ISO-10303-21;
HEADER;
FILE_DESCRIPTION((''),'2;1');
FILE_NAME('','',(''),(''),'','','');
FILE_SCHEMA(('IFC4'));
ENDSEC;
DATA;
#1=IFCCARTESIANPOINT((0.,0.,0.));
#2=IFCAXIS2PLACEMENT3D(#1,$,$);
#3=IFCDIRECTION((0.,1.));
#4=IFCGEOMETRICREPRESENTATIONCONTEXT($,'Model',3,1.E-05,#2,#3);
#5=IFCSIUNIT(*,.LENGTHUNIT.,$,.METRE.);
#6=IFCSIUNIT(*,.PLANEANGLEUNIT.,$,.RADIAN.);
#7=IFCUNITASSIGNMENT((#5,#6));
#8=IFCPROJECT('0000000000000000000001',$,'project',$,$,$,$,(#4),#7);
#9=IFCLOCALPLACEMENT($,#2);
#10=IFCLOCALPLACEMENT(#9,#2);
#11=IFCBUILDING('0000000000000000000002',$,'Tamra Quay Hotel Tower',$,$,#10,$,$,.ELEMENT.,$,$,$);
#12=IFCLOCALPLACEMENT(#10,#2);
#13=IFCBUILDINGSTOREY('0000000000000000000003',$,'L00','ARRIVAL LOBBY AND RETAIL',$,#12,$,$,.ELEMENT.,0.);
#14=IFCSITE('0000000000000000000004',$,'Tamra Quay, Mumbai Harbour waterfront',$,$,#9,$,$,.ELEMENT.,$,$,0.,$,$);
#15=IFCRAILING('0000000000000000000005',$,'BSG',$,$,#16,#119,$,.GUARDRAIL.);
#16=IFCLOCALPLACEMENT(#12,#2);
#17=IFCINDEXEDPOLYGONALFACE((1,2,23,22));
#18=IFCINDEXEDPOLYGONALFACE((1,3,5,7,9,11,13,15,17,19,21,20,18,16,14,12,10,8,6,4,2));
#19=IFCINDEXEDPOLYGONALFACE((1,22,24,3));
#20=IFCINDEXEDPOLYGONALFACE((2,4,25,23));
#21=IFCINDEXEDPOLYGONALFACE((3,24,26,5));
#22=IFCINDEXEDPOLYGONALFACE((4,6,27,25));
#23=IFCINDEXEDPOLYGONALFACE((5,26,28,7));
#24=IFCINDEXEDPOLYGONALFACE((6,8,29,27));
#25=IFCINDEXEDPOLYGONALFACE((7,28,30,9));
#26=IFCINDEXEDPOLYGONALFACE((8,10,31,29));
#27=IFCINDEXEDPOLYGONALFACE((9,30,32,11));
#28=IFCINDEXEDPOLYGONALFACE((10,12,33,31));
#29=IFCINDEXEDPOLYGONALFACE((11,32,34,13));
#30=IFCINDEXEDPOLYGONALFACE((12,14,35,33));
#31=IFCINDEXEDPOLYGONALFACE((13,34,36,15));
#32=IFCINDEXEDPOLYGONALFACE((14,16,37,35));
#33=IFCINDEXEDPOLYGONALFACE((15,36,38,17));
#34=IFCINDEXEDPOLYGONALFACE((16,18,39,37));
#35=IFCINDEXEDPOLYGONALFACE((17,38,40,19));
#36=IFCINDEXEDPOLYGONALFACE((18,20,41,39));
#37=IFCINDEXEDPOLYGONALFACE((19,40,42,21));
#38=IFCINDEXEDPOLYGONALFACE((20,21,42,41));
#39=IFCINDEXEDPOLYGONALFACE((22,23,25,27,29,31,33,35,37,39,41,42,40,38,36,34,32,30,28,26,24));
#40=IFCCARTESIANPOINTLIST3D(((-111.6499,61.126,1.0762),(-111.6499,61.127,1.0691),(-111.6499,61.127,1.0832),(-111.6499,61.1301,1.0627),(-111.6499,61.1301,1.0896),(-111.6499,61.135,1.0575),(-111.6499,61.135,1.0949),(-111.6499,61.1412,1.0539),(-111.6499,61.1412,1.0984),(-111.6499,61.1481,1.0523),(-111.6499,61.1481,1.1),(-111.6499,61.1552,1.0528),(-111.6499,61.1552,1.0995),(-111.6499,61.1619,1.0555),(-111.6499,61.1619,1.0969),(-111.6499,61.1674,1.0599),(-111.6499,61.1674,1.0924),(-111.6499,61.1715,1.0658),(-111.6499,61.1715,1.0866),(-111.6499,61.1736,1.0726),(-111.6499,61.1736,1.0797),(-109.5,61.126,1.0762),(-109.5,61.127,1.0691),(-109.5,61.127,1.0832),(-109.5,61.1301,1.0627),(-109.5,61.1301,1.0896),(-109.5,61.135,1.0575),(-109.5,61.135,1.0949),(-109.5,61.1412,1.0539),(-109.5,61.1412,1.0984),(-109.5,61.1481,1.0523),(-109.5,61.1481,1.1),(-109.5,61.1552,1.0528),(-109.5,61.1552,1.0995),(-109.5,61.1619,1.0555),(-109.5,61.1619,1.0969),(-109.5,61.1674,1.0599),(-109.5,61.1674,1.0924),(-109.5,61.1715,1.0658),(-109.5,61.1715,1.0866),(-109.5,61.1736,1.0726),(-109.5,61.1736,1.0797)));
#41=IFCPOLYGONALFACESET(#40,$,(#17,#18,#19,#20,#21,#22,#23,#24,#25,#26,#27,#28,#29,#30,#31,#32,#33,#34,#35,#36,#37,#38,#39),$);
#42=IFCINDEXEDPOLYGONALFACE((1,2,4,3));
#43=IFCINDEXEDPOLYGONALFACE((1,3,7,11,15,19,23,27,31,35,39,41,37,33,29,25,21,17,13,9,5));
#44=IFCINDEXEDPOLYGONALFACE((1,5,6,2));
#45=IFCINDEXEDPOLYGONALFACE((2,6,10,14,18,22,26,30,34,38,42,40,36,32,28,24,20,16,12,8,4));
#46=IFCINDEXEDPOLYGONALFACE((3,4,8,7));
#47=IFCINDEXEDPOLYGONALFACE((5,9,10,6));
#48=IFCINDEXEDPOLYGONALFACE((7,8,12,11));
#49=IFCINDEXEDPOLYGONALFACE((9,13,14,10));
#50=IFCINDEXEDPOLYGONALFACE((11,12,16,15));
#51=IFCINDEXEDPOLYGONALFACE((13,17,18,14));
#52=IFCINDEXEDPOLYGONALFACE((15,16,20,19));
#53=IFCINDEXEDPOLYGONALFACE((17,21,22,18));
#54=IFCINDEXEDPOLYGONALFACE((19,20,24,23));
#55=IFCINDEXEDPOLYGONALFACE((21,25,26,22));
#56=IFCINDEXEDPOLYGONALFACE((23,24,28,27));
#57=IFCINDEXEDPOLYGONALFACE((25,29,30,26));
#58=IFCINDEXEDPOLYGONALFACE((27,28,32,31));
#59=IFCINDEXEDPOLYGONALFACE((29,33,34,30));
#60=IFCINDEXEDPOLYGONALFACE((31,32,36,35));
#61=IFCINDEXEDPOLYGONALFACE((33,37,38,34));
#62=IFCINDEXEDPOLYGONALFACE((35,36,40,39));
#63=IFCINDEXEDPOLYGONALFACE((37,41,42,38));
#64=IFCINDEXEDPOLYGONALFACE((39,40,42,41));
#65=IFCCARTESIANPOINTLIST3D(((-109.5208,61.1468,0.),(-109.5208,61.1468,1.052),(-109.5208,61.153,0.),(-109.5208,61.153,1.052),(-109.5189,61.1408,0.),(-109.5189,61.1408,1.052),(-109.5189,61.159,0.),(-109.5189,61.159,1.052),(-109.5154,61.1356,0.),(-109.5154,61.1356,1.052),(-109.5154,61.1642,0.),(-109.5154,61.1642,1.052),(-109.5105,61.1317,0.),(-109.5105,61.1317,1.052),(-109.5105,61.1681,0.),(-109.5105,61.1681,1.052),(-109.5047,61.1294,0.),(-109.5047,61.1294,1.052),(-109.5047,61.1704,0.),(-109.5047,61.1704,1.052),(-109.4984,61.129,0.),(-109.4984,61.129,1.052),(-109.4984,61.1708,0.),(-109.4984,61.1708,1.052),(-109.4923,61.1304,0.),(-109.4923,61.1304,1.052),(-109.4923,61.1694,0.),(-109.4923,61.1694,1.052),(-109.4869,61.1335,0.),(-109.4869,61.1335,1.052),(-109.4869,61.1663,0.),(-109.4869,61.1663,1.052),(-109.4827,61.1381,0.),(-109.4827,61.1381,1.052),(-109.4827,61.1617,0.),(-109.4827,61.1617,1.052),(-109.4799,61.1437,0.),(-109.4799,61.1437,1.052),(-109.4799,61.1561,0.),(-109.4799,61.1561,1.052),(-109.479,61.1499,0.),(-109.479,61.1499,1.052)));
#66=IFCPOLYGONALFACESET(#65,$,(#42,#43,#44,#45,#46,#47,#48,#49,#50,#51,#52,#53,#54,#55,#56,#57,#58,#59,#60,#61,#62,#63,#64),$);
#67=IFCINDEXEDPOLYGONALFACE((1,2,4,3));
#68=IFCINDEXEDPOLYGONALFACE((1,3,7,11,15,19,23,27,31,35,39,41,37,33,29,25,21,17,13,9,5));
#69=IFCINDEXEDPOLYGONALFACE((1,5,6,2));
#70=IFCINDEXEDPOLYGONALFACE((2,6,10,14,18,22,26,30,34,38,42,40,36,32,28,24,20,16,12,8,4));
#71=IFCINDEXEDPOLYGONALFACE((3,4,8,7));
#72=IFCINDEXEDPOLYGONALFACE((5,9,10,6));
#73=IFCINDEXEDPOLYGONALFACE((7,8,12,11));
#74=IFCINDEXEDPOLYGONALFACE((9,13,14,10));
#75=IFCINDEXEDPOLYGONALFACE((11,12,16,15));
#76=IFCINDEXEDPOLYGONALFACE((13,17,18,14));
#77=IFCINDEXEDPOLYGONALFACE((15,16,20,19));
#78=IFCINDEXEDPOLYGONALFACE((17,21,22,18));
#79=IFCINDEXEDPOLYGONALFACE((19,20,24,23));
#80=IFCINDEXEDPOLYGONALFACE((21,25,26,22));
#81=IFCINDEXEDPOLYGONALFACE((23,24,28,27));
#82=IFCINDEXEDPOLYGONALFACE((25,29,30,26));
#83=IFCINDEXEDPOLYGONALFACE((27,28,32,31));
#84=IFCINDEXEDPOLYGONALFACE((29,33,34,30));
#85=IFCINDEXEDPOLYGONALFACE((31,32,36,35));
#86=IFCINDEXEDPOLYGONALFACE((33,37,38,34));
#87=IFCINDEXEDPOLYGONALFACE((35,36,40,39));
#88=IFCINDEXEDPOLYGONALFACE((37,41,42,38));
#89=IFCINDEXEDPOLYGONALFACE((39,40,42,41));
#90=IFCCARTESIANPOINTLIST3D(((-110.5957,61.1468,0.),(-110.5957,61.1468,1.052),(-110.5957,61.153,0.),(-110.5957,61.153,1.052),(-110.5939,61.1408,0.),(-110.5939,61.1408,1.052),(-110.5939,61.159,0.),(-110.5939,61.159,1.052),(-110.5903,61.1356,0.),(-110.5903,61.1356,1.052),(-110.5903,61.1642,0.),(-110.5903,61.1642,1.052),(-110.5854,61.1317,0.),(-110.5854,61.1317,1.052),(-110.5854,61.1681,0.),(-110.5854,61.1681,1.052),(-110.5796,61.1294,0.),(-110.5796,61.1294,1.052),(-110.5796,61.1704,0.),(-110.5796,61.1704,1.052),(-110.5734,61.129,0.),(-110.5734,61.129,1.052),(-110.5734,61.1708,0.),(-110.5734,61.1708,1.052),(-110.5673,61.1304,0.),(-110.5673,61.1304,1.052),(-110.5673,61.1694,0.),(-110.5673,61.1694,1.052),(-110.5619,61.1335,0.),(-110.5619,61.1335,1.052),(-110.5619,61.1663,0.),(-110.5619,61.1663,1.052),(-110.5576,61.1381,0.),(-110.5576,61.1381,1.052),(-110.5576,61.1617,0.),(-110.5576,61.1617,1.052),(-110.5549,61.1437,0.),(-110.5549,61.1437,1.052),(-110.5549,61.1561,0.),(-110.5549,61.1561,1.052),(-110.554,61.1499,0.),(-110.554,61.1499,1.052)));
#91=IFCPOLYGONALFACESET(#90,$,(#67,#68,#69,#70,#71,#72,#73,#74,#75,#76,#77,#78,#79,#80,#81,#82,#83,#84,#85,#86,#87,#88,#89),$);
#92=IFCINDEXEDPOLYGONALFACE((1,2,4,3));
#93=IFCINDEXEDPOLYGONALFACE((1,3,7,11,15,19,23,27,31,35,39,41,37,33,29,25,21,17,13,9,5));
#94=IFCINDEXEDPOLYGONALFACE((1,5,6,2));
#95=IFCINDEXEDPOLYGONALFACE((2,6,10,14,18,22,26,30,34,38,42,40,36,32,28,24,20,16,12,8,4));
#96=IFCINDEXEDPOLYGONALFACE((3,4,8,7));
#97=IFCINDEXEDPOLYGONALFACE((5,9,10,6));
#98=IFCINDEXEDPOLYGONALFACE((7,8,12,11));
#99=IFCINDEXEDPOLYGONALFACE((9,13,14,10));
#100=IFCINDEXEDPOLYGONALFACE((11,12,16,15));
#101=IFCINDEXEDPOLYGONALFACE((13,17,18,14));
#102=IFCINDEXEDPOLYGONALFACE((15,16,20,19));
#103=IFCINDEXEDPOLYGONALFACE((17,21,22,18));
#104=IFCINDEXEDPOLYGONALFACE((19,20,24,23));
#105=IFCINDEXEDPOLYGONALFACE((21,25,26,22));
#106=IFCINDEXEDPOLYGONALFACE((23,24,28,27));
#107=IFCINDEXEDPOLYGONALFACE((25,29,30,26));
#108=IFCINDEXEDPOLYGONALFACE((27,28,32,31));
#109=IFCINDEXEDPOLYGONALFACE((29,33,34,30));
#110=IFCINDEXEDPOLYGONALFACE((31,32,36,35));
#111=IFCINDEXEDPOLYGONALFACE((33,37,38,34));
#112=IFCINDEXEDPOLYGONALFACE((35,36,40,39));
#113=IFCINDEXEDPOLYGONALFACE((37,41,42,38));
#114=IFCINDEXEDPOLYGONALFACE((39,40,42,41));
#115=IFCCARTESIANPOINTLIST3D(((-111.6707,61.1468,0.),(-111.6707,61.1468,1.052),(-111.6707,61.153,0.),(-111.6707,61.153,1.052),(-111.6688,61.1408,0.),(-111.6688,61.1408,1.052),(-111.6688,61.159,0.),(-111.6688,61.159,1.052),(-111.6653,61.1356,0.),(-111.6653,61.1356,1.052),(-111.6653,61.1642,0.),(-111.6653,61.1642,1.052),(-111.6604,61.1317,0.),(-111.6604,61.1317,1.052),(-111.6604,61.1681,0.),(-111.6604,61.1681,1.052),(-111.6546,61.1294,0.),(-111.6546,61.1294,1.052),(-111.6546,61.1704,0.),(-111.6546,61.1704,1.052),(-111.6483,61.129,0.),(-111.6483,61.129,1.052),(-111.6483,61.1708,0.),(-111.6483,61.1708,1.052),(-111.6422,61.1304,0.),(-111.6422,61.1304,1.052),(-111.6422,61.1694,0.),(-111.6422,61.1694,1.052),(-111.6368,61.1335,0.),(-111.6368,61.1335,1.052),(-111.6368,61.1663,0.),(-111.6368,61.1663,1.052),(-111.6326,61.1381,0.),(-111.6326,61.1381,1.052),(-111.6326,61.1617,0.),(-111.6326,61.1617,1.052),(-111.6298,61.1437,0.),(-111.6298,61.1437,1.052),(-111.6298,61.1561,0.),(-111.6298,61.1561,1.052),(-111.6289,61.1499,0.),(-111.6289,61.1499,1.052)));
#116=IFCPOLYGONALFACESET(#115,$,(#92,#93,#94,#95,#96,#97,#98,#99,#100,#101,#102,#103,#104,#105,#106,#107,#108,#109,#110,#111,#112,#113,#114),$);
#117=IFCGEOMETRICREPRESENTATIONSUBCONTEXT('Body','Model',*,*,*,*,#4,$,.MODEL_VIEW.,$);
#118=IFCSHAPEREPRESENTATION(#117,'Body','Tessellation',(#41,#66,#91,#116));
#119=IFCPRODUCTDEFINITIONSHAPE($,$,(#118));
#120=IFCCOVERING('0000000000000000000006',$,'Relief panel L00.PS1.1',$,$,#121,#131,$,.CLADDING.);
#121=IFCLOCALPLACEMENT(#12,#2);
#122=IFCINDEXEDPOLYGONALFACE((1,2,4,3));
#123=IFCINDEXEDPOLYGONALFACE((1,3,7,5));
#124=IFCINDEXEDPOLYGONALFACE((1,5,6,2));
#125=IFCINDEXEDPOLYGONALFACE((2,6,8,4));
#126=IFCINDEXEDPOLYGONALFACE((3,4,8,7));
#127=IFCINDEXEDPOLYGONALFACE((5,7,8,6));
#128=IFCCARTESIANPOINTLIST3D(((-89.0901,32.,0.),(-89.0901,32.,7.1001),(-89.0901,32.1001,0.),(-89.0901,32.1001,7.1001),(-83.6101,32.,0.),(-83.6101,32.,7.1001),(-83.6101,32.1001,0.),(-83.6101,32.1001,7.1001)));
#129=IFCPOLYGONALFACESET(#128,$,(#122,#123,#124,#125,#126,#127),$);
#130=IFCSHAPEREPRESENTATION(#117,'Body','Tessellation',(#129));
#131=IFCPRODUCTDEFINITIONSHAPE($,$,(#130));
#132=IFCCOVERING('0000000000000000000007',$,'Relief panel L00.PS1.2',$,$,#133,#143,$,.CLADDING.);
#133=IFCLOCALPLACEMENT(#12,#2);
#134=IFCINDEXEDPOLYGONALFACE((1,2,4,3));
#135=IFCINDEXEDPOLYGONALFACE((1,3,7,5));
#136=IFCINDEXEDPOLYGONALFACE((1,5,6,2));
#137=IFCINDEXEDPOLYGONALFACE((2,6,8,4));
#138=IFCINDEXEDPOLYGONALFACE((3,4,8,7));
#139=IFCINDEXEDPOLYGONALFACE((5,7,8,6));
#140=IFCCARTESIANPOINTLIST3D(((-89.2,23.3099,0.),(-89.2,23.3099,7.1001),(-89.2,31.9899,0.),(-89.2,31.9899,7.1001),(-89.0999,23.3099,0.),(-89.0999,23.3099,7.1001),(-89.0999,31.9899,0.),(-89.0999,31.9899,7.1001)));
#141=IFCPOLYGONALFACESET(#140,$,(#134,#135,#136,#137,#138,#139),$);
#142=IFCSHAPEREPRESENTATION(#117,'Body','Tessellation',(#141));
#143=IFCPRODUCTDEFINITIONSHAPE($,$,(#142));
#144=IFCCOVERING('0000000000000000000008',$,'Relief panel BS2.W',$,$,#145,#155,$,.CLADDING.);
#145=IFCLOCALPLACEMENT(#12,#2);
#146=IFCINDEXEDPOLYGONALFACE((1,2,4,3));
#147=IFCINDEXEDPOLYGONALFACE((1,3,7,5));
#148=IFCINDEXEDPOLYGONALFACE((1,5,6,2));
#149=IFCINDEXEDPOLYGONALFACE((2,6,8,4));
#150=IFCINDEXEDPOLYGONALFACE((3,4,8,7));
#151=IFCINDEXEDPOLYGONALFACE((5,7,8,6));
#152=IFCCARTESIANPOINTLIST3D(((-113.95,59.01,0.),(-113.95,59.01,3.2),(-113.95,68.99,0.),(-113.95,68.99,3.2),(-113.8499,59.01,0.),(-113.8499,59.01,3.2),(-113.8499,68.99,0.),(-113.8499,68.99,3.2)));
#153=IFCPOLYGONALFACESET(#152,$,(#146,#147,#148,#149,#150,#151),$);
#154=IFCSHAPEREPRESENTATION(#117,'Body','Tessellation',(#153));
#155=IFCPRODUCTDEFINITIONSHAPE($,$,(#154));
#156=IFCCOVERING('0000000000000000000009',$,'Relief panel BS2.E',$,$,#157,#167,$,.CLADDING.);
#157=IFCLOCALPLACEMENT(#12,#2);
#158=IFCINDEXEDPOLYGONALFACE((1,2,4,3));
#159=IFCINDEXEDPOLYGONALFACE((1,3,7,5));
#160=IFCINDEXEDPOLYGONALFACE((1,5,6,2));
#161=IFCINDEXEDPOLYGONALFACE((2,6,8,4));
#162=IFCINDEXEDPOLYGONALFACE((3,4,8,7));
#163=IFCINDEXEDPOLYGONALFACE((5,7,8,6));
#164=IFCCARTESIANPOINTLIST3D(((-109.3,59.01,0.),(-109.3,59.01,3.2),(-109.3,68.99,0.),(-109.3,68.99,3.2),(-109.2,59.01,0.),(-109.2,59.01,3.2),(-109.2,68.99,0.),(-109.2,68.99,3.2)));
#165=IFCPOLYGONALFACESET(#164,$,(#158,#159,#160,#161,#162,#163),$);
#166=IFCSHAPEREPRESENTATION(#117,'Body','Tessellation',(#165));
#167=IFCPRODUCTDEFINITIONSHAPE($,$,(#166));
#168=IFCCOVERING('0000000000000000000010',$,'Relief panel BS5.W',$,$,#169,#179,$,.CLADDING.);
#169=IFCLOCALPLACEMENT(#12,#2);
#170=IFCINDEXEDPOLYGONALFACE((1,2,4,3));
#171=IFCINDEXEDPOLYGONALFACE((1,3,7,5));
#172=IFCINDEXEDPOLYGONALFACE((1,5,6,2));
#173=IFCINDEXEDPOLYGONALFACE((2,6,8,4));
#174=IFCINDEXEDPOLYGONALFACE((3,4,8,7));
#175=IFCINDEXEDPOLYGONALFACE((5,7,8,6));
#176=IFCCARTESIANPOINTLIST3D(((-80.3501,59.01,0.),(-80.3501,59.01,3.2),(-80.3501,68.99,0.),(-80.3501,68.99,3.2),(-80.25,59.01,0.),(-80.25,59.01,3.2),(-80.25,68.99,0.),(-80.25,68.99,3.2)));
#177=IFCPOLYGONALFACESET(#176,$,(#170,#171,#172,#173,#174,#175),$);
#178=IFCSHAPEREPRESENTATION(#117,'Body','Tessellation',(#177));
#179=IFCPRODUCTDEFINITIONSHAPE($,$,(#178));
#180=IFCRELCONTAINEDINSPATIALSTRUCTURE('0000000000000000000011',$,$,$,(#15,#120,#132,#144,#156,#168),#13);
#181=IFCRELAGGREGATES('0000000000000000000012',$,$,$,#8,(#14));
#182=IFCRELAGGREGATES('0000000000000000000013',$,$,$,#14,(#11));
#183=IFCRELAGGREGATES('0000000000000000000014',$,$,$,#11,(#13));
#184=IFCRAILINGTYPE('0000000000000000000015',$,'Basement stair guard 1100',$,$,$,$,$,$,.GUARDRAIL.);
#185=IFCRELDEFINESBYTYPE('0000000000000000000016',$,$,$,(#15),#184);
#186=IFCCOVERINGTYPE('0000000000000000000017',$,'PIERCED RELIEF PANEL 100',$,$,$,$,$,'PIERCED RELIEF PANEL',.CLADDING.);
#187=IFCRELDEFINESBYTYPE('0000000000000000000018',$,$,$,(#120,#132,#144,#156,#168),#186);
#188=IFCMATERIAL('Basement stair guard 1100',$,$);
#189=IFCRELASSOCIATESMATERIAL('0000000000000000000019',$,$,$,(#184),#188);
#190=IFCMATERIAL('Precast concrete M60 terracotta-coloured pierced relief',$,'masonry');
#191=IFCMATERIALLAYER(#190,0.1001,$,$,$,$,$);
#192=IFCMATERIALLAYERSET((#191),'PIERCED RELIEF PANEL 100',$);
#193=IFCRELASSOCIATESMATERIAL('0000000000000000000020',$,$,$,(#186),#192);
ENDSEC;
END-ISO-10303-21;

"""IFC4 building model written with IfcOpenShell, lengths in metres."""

from ifc_helpers import new_model, si_unit, direction, frame, origin, origin_2d, place, context, subcontext, project, spatial, rectangle, circle, extrude, material, layer, layer_set, type_object, element, save


model = new_model("IFC4")

# Units and contexts
model_context = context("Model", 3, precision=1e-05, world=origin(), true_north=direction((0.0, 1.0)))
body_context = subcontext(model_context, "Body", "Model", "MODEL_VIEW")
ifc_project = project(units=[si_unit("LENGTHUNIT", "METRE"), si_unit("PLANEANGLEUNIT", "RADIAN")], contexts=[model_context])

# Site, building, storey
site_placement = place(None, origin())
site = spatial("IfcSite", under=ifc_project, at=site_placement, Name="Tamra Quay, Mumbai Harbour waterfront", CompositionType="ELEMENT", RefElevation=0.0)
building_placement = place(site_placement, origin())
building = spatial("IfcBuilding", under=site, at=building_placement, Name="Tamra Quay Hotel Tower", CompositionType="ELEMENT")
storey_placement = place(building_placement, origin())
storey = spatial("IfcBuildingStorey", under=building, at=storey_placement, Name="L00", Description="ARRIVAL LOBBY AND RETAIL", CompositionType="ELEMENT", Elevation=0.0)

# Railing
ifc_material_1 = material(Name="Basement stair guard 1100")
railing_type_1 = type_object("IfcRailingType", Name="Basement stair guard 1100", PredefinedType="GUARDRAIL", material=ifc_material_1)
railing_1_placement = place(storey_placement, frame((-109.5, 61.1499, 0.0)))
element("IfcRailing", 1, at=railing_1_placement, inside=storey, type_object=railing_type_1, Name="BSG", PredefinedType="GUARDRAIL", context=body_context, shape_type="SweptSolid", body=[
    extrude(circle(Radius=0.0239, at=origin_2d()), frame((0.0, 0.0, 1.0762), z_axis=(-1.0, 0.0, 0.0), x_axis=(0.0, -1.0, 0.0)), (0.0, 0.0, 1.0), 2.1499),
    extrude(circle(Radius=0.021, at=origin_2d()), origin(), (0.0, 0.0, 1.0), 1.052),
    extrude(circle(Radius=0.021, at=origin_2d()), frame((-1.075, 0.0, 0.0)), (0.0, 0.0, 1.0), 1.052),
    extrude(circle(Radius=0.021, at=origin_2d()), frame((-2.1499, 0.0, 0.0)), (0.0, 0.0, 1.0), 1.052),
])

# Coverings
ifc_material_2 = material(Name="Precast concrete M60 terracotta-coloured pierced relief", Category="masonry")
ifc_layer_1 = layer(ifc_material_2, 0.1001)
ifc_layer_set_1 = layer_set([ifc_layer_1], Name="PIERCED RELIEF PANEL 100")
covering_type = type_object("IfcCoveringType", Name="PIERCED RELIEF PANEL 100", ElementType="PIERCED RELIEF PANEL", PredefinedType="CLADDING", material=ifc_layer_set_1)
covering_1_placement = place(storey_placement, frame((-86.3501, 32.05, 0.0), z_axis=(0.0, 0.0, 1.0), x_axis=(-1.0, 0.0, 0.0)))
element("IfcCovering", 2, at=covering_1_placement, inside=storey, type_object=covering_type, Name="Relief panel L00.PS1.1", PredefinedType="CLADDING", context=body_context, shape_type="SweptSolid", body=[
    extrude(rectangle(XDim=5.48, YDim=0.1001, at=origin_2d()), origin(), (0.0, 0.0, 1.0), 7.1001),
])
covering_2_placement = place(storey_placement, frame((-89.1499, 27.6499, 0.0), z_axis=(0.0, 0.0, 1.0), x_axis=(0.0, -1.0, 0.0)))
element("IfcCovering", 3, at=covering_2_placement, inside=storey, type_object=covering_type, Name="Relief panel L00.PS1.2", PredefinedType="CLADDING", context=body_context, shape_type="SweptSolid", body=[
    extrude(rectangle(XDim=8.6799, YDim=0.1001, at=origin_2d()), origin(), (0.0, 0.0, 1.0), 7.1001),
])
for number, where, z_axis, x_axis, name in (
    (4, (-113.8999, 64.0, 0.0), (0.0, 0.0, 1.0), (0.0, -1.0, 0.0), "Relief panel BS2.W"),
    (5, (-109.25, 64.0, 0.0), (0.0, 0.0, 1.0), (0.0, 1.0, 0.0), "Relief panel BS2.E"),
    (6, (-80.3, 64.0, 0.0), (0.0, 0.0, 1.0), (0.0, -1.0, 0.0), "Relief panel BS5.W"),
):
    element("IfcCovering", number, at=place(storey_placement, frame(where, z_axis=z_axis, x_axis=x_axis)), inside=storey, type_object=covering_type, Name=name, PredefinedType="CLADDING", context=body_context, shape_type="SweptSolid", body=[
        extrude(rectangle(XDim=9.98, YDim=0.1001, at=origin_2d()), origin(), (0.0, 0.0, 1.0), 3.2),
    ])

save(model, "model.ifc")
